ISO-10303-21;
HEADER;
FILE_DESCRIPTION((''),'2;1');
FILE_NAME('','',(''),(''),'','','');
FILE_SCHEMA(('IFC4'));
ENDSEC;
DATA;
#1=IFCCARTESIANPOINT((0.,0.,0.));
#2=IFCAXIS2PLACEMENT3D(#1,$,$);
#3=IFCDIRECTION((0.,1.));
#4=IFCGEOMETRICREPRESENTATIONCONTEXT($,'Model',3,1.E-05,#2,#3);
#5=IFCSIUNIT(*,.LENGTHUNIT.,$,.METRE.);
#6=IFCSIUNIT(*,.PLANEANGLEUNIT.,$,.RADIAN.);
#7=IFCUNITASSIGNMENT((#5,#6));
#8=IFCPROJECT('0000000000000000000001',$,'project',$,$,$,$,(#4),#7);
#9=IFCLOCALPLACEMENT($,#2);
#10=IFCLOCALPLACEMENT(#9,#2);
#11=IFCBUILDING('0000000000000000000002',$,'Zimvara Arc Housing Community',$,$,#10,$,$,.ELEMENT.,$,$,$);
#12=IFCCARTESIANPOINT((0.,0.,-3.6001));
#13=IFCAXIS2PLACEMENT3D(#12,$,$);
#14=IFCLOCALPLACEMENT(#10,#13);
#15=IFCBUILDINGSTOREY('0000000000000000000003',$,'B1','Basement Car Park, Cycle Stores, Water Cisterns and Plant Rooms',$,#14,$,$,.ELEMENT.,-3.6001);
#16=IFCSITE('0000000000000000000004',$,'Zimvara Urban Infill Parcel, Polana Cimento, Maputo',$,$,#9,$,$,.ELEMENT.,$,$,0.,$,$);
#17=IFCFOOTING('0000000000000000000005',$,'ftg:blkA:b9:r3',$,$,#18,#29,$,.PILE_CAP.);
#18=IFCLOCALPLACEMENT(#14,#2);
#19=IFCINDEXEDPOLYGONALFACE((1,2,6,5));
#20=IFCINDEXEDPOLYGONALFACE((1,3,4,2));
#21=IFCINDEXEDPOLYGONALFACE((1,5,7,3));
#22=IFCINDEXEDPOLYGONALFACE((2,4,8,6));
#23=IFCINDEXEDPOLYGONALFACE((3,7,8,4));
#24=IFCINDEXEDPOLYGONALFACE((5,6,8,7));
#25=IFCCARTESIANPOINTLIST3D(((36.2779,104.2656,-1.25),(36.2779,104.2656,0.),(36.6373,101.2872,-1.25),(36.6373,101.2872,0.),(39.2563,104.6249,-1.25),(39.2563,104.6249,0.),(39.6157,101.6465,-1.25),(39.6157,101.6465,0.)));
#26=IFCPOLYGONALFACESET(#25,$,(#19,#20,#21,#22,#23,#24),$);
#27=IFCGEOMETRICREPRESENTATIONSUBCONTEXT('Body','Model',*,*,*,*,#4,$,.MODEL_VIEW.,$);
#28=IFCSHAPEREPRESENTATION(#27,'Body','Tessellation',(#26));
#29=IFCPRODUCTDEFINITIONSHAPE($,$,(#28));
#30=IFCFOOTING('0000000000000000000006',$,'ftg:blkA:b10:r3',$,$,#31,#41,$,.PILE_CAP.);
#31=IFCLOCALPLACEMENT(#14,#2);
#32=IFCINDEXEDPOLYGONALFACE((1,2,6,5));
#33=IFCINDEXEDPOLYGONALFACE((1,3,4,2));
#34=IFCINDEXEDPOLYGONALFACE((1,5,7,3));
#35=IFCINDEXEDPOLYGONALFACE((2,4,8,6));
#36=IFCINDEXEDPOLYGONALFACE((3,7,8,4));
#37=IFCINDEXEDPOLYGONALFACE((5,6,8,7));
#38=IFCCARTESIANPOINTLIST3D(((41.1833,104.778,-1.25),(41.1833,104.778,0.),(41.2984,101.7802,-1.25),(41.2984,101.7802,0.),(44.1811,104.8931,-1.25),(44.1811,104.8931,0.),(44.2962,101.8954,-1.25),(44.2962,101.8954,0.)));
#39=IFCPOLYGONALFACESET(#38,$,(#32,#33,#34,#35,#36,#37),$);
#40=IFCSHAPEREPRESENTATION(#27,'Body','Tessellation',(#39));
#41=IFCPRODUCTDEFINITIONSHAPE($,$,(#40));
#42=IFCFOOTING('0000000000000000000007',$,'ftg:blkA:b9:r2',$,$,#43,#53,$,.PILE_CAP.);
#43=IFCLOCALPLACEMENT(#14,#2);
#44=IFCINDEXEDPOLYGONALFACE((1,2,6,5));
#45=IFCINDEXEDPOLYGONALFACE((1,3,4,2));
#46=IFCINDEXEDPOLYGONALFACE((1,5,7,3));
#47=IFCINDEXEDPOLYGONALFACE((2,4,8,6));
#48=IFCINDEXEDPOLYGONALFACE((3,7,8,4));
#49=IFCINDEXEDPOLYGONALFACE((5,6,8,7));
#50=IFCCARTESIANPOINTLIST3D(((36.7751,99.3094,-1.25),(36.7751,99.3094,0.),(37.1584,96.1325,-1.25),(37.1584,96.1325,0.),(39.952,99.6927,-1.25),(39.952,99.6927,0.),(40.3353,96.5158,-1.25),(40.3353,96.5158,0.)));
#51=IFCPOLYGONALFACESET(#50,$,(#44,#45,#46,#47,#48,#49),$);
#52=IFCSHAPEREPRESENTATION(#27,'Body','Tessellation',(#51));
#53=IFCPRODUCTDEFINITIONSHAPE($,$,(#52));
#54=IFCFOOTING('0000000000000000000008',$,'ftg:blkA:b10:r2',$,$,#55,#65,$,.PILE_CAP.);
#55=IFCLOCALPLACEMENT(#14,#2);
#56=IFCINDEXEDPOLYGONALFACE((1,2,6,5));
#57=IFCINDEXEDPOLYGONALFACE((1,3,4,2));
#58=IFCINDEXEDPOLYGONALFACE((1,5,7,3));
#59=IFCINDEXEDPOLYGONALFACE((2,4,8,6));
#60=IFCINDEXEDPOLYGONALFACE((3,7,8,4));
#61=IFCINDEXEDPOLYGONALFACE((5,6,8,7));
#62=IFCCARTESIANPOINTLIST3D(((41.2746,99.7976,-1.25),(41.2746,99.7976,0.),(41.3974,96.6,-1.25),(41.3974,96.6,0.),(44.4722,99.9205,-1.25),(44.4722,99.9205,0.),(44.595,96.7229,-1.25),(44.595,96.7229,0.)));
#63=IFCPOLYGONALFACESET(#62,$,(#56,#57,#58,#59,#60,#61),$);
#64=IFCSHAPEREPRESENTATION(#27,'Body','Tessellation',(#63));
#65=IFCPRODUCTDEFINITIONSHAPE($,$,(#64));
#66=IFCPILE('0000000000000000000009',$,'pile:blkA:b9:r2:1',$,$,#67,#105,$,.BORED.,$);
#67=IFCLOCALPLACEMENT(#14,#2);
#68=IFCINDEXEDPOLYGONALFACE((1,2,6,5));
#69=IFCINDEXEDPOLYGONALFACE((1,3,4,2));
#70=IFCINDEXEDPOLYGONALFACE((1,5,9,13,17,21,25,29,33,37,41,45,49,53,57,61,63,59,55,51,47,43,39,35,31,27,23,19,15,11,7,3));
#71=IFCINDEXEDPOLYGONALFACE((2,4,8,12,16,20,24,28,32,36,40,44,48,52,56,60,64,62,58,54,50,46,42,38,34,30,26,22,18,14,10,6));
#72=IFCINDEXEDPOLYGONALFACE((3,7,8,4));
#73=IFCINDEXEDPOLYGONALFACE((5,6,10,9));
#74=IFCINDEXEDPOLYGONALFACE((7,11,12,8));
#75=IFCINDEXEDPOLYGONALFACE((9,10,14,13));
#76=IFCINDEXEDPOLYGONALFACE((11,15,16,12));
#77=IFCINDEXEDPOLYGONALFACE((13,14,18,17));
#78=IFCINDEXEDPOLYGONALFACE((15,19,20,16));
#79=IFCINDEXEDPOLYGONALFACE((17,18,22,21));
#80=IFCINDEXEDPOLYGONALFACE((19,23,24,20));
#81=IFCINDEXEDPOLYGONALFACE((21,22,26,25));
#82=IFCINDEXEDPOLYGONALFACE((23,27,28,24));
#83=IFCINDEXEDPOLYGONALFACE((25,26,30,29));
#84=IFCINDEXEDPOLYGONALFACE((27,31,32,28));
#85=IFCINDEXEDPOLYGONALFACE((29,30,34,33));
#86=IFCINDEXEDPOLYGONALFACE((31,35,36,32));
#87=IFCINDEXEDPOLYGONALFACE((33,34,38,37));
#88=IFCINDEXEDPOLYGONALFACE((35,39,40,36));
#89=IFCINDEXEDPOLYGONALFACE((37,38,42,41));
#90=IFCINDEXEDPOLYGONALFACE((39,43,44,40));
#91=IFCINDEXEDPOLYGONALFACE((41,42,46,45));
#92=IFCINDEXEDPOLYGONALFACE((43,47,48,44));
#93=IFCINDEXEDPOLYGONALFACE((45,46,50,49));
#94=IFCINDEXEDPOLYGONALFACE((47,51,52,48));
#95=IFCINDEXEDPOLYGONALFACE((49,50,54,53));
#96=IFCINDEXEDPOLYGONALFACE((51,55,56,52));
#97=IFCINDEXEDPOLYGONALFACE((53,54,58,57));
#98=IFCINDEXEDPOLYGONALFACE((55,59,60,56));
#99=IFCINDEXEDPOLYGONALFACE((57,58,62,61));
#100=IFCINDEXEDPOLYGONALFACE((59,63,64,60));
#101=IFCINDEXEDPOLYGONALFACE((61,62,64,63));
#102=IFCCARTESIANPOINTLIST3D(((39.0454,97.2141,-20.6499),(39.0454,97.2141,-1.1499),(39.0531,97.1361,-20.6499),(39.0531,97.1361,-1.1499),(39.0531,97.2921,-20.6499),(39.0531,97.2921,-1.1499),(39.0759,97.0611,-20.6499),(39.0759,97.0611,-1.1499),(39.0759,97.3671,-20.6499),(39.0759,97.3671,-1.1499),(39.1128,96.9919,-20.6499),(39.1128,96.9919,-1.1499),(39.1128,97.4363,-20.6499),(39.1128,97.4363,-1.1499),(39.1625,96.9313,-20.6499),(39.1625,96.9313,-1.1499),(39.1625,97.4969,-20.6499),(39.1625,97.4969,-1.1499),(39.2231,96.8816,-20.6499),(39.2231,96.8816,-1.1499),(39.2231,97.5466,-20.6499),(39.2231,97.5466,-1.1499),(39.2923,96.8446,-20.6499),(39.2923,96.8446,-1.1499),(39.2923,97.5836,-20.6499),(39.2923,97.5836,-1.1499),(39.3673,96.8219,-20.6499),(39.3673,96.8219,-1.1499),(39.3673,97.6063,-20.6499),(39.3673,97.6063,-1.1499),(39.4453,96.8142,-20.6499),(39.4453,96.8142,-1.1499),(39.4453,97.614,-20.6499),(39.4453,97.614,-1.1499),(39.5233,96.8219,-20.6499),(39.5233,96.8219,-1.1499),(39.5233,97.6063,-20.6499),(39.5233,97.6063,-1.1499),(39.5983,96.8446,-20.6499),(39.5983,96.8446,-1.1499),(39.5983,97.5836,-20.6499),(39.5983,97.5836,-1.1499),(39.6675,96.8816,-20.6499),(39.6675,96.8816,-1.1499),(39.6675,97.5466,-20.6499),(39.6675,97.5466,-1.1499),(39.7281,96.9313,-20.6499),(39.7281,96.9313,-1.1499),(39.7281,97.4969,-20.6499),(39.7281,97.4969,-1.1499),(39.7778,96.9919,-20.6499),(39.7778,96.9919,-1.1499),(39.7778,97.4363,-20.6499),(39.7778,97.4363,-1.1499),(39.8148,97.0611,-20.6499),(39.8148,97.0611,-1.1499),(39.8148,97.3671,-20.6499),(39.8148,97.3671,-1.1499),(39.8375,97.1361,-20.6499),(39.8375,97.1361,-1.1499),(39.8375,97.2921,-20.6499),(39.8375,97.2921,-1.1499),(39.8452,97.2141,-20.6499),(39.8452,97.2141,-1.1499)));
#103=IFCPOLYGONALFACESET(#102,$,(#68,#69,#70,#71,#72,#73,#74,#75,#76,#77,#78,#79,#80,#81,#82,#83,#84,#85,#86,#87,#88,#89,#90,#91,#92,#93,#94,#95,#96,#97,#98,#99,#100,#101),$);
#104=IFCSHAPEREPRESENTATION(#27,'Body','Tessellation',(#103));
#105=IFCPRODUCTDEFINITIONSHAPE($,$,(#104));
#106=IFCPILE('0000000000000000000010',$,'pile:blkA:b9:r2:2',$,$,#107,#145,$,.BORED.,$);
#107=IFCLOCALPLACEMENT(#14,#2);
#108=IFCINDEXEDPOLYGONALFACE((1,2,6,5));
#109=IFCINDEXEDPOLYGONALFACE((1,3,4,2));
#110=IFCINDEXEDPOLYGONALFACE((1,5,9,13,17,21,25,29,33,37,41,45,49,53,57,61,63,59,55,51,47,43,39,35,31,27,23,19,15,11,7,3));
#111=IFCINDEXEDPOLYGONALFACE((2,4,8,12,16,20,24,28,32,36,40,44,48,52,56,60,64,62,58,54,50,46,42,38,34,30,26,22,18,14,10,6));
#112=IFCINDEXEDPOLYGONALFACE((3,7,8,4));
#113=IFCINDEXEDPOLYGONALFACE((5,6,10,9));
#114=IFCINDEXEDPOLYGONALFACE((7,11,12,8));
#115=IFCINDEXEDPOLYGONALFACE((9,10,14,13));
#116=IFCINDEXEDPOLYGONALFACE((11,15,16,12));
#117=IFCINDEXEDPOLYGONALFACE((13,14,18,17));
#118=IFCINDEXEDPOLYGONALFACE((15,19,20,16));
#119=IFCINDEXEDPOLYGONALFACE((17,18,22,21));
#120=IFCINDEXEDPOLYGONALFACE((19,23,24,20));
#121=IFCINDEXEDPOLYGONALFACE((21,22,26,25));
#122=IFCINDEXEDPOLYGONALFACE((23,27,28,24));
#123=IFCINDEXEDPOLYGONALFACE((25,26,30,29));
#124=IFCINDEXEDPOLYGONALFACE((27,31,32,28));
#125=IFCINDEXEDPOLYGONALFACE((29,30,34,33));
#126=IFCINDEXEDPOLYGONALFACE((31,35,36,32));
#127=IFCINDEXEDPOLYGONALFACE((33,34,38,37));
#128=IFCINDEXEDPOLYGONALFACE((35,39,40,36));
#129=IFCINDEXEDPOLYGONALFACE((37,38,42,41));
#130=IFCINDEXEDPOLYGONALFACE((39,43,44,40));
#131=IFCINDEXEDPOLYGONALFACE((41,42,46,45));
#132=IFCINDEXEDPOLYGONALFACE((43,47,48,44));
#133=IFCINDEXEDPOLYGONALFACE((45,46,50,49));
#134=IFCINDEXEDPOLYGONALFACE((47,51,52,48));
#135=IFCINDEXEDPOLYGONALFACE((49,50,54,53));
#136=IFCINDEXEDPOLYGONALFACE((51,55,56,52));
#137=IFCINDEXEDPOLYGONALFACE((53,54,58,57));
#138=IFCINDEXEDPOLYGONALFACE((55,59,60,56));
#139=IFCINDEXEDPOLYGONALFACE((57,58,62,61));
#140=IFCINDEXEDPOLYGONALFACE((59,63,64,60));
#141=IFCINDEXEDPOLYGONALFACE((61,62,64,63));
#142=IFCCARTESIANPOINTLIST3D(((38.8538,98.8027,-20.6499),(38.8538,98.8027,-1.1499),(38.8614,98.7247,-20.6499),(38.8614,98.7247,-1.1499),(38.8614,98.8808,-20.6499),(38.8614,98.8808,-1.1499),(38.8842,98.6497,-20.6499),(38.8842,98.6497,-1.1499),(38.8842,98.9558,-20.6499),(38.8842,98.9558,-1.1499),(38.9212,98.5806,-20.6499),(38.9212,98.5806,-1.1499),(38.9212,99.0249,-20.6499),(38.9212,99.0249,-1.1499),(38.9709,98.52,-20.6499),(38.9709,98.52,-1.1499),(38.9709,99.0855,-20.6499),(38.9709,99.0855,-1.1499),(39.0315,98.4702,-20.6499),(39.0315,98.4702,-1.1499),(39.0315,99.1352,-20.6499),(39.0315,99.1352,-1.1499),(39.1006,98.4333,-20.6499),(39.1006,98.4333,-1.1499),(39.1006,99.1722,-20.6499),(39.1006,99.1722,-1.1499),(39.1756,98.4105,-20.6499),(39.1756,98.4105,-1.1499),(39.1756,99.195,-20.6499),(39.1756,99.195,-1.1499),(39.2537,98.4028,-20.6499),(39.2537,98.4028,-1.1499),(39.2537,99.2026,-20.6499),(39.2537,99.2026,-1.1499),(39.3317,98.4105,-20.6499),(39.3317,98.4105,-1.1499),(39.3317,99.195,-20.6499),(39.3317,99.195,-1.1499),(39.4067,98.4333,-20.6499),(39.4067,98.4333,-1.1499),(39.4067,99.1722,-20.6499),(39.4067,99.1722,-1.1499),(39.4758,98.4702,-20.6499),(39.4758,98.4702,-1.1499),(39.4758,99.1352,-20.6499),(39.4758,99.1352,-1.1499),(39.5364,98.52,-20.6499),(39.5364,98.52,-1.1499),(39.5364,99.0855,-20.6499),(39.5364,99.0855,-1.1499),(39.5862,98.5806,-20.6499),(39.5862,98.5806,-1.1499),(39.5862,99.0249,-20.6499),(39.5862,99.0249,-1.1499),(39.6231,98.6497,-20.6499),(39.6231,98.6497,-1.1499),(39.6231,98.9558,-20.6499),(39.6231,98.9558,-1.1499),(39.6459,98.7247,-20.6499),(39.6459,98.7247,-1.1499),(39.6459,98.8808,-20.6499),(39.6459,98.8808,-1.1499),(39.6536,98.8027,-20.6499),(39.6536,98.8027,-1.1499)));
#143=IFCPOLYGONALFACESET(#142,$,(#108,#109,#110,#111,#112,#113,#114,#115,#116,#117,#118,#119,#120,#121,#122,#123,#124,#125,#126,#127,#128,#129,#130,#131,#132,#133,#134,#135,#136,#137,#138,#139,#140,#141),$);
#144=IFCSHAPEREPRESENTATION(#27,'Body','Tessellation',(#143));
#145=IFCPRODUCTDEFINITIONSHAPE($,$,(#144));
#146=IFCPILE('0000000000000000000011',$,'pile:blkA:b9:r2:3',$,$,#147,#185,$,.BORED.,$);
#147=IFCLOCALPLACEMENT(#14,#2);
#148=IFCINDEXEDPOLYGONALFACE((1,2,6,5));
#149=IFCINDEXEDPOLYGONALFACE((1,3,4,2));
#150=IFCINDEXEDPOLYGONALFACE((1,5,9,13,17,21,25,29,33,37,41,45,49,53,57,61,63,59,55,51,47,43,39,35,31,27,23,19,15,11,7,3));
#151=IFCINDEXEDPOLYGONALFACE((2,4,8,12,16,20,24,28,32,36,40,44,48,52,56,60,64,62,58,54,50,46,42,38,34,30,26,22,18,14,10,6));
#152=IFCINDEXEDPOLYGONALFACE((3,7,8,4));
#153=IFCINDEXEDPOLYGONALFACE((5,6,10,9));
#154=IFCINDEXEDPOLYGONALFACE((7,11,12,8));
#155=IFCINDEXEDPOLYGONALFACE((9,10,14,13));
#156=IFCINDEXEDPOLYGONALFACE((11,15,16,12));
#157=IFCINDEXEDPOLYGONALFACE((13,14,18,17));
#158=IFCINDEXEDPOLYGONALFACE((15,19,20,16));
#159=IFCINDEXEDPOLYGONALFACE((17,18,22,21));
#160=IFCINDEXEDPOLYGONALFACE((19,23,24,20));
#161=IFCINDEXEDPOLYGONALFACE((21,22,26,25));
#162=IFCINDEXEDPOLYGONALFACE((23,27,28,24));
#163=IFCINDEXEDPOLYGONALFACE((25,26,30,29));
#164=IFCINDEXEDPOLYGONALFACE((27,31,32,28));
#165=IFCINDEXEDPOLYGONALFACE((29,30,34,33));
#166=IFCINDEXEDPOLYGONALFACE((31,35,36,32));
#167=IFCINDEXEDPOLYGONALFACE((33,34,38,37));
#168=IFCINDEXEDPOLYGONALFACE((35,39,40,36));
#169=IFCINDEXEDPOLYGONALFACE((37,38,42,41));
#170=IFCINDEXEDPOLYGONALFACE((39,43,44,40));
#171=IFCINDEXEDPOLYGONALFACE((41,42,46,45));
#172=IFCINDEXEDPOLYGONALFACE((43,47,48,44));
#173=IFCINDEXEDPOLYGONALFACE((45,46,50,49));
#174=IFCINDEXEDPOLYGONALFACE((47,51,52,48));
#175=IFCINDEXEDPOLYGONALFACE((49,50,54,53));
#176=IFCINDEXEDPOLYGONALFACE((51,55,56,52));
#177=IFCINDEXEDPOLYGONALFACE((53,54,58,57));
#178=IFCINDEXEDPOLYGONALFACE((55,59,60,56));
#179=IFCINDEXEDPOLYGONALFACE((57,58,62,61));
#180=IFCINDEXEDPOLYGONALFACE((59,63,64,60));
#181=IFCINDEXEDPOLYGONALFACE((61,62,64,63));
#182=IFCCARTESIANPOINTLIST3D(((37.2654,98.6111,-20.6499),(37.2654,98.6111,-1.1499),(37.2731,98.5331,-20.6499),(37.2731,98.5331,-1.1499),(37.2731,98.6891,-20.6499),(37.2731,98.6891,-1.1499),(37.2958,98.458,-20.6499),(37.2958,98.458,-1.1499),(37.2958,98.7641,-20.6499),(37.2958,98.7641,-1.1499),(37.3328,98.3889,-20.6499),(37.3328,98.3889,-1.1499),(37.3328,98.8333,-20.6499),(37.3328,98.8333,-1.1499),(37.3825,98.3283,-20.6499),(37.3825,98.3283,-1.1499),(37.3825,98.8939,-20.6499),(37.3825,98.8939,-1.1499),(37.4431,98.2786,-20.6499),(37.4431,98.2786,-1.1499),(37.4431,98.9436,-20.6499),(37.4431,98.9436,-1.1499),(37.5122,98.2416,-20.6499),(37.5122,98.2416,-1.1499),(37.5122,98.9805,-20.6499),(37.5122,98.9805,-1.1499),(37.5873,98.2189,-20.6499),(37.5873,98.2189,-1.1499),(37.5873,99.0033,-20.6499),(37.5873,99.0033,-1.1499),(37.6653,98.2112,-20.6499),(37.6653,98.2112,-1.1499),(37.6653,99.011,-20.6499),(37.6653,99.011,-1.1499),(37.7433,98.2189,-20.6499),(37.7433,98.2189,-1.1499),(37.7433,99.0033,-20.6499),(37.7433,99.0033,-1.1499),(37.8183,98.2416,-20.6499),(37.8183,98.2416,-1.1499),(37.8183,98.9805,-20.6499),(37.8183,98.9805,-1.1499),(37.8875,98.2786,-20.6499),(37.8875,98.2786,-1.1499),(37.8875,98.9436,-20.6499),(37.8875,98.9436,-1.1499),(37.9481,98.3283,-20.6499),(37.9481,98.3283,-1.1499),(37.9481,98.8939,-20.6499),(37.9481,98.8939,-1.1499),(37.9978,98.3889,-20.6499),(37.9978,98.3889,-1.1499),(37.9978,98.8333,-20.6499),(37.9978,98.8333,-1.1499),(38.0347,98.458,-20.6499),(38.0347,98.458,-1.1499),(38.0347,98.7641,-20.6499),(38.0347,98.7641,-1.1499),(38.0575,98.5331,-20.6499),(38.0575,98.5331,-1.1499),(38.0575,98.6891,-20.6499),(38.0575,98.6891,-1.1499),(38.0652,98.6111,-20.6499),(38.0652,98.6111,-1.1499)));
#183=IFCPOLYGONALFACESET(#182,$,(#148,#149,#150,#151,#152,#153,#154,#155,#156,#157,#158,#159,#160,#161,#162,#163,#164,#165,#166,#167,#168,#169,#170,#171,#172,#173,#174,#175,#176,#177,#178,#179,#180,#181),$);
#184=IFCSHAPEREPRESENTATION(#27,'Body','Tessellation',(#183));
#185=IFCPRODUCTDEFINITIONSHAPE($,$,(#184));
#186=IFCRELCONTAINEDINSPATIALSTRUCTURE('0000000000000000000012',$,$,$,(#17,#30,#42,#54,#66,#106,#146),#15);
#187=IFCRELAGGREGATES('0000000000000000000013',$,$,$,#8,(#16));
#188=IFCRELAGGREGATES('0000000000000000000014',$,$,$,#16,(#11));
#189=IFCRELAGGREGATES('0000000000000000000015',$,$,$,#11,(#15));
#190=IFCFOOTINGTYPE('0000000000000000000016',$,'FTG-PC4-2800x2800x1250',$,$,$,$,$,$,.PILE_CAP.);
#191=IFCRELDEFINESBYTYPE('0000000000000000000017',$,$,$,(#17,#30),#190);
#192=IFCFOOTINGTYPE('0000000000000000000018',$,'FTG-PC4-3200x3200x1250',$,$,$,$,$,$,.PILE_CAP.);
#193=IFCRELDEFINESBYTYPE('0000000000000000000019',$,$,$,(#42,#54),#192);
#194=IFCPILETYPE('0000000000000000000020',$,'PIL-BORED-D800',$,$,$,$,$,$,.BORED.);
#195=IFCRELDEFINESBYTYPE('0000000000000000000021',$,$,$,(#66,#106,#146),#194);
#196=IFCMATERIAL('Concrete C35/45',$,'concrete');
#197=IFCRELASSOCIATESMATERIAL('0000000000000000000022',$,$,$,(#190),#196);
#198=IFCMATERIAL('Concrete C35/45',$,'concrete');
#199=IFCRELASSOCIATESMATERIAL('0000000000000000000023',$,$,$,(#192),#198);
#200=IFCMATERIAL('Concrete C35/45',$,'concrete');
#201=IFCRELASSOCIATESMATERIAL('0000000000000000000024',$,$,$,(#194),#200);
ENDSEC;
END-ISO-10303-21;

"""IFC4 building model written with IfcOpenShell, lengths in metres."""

from ifc_helpers import new_model, si_unit, direction, frame, origin, origin_2d, place, context, subcontext, project, spatial, rectangle, circle, extrude, material, material_profile, profile_set, type_object, element, save


model = new_model("IFC4")

# Units and contexts
model_context = context("Model", 3, precision=1e-05, world=origin(), true_north=direction((0.0, 1.0)))
body_context = subcontext(model_context, "Body", "Model", "MODEL_VIEW")
ifc_project = project(units=[si_unit("LENGTHUNIT", "METRE"), si_unit("PLANEANGLEUNIT", "RADIAN")], contexts=[model_context])

# Site, building, storey
site_placement = place(None, origin())
site = spatial("IfcSite", under=ifc_project, at=site_placement, Name="Zimvara Urban Infill Parcel, Polana Cimento, Maputo", CompositionType="ELEMENT", RefElevation=0.0)
building_placement = place(site_placement, origin())
building = spatial("IfcBuilding", under=site, at=building_placement, Name="Zimvara Arc Housing Community", CompositionType="ELEMENT")
storey_placement = place(building_placement, frame((0.0, 0.0, -3.6001)))
storey = spatial("IfcBuildingStorey", under=building, at=storey_placement, Name="B1", Description="Basement Car Park, Cycle Stores, Water Cisterns and Plant Rooms", CompositionType="ELEMENT", Elevation=-3.6001)

# Footings
ifc_material_1 = material(Name="Concrete C35/45", Category="concrete")
footing_type_1 = type_object("IfcFootingType", Name="FTG-PC4-2800x2800x1250", PredefinedType="PILE_CAP", material=ifc_material_1)
for number, where, z_axis, x_axis, name in (
    (1, (37.9468, 102.9561, -1.25), (0.0, 0.0, 1.0), (-0.11979, 0.992799, 0.0), "ftg:blkA:b9:r3"),
    (2, (42.7397, 103.3367, -1.25), (0.0, 0.0, 1.0), (-0.038388, 0.999263, 0.0), "ftg:blkA:b10:r3"),
):
    element("IfcFooting", number, at=place(storey_placement, frame(where, z_axis=z_axis, x_axis=x_axis)), inside=storey, type_object=footing_type_1, Name=name, PredefinedType="PILE_CAP", context=body_context, shape_type="SweptSolid", body=[
        extrude(rectangle(XDim=3.0, YDim=3.0, at=origin_2d()), origin(), (0.0, 0.0, 1.0), 1.25),
    ])
ifc_material_2 = material(Name="Concrete C35/45", Category="concrete")
footing_type_2 = type_object("IfcFootingType", Name="FTG-PC4-3200x3200x1250", PredefinedType="PILE_CAP", material=ifc_material_2)
for number, where, z_axis, x_axis, name in (
    (3, (38.5552, 97.9126, -1.25), (0.0, 0.0, 1.0), (-0.11979, 0.992799, 0.0), "ftg:blkA:b9:r2"),
    (4, (42.9348, 98.2603, -1.25), (0.0, 0.0, 1.0), (-0.038388, 0.999263, 0.0), "ftg:blkA:b10:r2"),
):
    element("IfcFooting", number, at=place(storey_placement, frame(where, z_axis=z_axis, x_axis=x_axis)), inside=storey, type_object=footing_type_2, Name=name, PredefinedType="PILE_CAP", context=body_context, shape_type="SweptSolid", body=[
        extrude(rectangle(XDim=3.2, YDim=3.2, at=origin_2d()), origin(), (0.0, 0.0, 1.0), 1.25),
    ])

# Piles
ifc_material_3 = material(Name="Concrete C35/45", Category="concrete")
ifc_material_profile_1 = material_profile(ifc_material_3, circle(Radius=0.3999, at=origin_2d()), Name="PILE D800")
ifc_profile_set_1 = profile_set([ifc_material_profile_1], Name="Concrete C35/45")
pile_type = type_object("IfcPileType", Name="PIL-BORED-D800", PredefinedType="BORED", material=ifc_profile_set_1)
for number, where, z_axis, x_axis, name in (
    (5, (39.4453, 97.2141, -1.1499), (0.0, 0.0, -1.0), (1.0, 0.0, 0.0), "pile:blkA:b9:r2:1"),
    (6, (39.2537, 98.8027, -1.1499), (0.0, 0.0, -1.0), (1.0, 0.0, 0.0), "pile:blkA:b9:r2:2"),
    (7, (37.6653, 98.6111, -1.1499), (0.0, 0.0, -1.0), (1.0, 0.0, 0.0), "pile:blkA:b9:r2:3"),
):
    element("IfcPile", number, at=place(storey_placement, frame(where, z_axis=z_axis, x_axis=x_axis)), inside=storey, type_object=pile_type, Name=name, PredefinedType="BORED", context=body_context, shape_type="SweptSolid", body=[
        extrude(circle(Radius=0.3999, at=origin_2d()), origin(), (0.0, 0.0, 1.0), 19.5),
    ])

save(model, "model.ifc")
